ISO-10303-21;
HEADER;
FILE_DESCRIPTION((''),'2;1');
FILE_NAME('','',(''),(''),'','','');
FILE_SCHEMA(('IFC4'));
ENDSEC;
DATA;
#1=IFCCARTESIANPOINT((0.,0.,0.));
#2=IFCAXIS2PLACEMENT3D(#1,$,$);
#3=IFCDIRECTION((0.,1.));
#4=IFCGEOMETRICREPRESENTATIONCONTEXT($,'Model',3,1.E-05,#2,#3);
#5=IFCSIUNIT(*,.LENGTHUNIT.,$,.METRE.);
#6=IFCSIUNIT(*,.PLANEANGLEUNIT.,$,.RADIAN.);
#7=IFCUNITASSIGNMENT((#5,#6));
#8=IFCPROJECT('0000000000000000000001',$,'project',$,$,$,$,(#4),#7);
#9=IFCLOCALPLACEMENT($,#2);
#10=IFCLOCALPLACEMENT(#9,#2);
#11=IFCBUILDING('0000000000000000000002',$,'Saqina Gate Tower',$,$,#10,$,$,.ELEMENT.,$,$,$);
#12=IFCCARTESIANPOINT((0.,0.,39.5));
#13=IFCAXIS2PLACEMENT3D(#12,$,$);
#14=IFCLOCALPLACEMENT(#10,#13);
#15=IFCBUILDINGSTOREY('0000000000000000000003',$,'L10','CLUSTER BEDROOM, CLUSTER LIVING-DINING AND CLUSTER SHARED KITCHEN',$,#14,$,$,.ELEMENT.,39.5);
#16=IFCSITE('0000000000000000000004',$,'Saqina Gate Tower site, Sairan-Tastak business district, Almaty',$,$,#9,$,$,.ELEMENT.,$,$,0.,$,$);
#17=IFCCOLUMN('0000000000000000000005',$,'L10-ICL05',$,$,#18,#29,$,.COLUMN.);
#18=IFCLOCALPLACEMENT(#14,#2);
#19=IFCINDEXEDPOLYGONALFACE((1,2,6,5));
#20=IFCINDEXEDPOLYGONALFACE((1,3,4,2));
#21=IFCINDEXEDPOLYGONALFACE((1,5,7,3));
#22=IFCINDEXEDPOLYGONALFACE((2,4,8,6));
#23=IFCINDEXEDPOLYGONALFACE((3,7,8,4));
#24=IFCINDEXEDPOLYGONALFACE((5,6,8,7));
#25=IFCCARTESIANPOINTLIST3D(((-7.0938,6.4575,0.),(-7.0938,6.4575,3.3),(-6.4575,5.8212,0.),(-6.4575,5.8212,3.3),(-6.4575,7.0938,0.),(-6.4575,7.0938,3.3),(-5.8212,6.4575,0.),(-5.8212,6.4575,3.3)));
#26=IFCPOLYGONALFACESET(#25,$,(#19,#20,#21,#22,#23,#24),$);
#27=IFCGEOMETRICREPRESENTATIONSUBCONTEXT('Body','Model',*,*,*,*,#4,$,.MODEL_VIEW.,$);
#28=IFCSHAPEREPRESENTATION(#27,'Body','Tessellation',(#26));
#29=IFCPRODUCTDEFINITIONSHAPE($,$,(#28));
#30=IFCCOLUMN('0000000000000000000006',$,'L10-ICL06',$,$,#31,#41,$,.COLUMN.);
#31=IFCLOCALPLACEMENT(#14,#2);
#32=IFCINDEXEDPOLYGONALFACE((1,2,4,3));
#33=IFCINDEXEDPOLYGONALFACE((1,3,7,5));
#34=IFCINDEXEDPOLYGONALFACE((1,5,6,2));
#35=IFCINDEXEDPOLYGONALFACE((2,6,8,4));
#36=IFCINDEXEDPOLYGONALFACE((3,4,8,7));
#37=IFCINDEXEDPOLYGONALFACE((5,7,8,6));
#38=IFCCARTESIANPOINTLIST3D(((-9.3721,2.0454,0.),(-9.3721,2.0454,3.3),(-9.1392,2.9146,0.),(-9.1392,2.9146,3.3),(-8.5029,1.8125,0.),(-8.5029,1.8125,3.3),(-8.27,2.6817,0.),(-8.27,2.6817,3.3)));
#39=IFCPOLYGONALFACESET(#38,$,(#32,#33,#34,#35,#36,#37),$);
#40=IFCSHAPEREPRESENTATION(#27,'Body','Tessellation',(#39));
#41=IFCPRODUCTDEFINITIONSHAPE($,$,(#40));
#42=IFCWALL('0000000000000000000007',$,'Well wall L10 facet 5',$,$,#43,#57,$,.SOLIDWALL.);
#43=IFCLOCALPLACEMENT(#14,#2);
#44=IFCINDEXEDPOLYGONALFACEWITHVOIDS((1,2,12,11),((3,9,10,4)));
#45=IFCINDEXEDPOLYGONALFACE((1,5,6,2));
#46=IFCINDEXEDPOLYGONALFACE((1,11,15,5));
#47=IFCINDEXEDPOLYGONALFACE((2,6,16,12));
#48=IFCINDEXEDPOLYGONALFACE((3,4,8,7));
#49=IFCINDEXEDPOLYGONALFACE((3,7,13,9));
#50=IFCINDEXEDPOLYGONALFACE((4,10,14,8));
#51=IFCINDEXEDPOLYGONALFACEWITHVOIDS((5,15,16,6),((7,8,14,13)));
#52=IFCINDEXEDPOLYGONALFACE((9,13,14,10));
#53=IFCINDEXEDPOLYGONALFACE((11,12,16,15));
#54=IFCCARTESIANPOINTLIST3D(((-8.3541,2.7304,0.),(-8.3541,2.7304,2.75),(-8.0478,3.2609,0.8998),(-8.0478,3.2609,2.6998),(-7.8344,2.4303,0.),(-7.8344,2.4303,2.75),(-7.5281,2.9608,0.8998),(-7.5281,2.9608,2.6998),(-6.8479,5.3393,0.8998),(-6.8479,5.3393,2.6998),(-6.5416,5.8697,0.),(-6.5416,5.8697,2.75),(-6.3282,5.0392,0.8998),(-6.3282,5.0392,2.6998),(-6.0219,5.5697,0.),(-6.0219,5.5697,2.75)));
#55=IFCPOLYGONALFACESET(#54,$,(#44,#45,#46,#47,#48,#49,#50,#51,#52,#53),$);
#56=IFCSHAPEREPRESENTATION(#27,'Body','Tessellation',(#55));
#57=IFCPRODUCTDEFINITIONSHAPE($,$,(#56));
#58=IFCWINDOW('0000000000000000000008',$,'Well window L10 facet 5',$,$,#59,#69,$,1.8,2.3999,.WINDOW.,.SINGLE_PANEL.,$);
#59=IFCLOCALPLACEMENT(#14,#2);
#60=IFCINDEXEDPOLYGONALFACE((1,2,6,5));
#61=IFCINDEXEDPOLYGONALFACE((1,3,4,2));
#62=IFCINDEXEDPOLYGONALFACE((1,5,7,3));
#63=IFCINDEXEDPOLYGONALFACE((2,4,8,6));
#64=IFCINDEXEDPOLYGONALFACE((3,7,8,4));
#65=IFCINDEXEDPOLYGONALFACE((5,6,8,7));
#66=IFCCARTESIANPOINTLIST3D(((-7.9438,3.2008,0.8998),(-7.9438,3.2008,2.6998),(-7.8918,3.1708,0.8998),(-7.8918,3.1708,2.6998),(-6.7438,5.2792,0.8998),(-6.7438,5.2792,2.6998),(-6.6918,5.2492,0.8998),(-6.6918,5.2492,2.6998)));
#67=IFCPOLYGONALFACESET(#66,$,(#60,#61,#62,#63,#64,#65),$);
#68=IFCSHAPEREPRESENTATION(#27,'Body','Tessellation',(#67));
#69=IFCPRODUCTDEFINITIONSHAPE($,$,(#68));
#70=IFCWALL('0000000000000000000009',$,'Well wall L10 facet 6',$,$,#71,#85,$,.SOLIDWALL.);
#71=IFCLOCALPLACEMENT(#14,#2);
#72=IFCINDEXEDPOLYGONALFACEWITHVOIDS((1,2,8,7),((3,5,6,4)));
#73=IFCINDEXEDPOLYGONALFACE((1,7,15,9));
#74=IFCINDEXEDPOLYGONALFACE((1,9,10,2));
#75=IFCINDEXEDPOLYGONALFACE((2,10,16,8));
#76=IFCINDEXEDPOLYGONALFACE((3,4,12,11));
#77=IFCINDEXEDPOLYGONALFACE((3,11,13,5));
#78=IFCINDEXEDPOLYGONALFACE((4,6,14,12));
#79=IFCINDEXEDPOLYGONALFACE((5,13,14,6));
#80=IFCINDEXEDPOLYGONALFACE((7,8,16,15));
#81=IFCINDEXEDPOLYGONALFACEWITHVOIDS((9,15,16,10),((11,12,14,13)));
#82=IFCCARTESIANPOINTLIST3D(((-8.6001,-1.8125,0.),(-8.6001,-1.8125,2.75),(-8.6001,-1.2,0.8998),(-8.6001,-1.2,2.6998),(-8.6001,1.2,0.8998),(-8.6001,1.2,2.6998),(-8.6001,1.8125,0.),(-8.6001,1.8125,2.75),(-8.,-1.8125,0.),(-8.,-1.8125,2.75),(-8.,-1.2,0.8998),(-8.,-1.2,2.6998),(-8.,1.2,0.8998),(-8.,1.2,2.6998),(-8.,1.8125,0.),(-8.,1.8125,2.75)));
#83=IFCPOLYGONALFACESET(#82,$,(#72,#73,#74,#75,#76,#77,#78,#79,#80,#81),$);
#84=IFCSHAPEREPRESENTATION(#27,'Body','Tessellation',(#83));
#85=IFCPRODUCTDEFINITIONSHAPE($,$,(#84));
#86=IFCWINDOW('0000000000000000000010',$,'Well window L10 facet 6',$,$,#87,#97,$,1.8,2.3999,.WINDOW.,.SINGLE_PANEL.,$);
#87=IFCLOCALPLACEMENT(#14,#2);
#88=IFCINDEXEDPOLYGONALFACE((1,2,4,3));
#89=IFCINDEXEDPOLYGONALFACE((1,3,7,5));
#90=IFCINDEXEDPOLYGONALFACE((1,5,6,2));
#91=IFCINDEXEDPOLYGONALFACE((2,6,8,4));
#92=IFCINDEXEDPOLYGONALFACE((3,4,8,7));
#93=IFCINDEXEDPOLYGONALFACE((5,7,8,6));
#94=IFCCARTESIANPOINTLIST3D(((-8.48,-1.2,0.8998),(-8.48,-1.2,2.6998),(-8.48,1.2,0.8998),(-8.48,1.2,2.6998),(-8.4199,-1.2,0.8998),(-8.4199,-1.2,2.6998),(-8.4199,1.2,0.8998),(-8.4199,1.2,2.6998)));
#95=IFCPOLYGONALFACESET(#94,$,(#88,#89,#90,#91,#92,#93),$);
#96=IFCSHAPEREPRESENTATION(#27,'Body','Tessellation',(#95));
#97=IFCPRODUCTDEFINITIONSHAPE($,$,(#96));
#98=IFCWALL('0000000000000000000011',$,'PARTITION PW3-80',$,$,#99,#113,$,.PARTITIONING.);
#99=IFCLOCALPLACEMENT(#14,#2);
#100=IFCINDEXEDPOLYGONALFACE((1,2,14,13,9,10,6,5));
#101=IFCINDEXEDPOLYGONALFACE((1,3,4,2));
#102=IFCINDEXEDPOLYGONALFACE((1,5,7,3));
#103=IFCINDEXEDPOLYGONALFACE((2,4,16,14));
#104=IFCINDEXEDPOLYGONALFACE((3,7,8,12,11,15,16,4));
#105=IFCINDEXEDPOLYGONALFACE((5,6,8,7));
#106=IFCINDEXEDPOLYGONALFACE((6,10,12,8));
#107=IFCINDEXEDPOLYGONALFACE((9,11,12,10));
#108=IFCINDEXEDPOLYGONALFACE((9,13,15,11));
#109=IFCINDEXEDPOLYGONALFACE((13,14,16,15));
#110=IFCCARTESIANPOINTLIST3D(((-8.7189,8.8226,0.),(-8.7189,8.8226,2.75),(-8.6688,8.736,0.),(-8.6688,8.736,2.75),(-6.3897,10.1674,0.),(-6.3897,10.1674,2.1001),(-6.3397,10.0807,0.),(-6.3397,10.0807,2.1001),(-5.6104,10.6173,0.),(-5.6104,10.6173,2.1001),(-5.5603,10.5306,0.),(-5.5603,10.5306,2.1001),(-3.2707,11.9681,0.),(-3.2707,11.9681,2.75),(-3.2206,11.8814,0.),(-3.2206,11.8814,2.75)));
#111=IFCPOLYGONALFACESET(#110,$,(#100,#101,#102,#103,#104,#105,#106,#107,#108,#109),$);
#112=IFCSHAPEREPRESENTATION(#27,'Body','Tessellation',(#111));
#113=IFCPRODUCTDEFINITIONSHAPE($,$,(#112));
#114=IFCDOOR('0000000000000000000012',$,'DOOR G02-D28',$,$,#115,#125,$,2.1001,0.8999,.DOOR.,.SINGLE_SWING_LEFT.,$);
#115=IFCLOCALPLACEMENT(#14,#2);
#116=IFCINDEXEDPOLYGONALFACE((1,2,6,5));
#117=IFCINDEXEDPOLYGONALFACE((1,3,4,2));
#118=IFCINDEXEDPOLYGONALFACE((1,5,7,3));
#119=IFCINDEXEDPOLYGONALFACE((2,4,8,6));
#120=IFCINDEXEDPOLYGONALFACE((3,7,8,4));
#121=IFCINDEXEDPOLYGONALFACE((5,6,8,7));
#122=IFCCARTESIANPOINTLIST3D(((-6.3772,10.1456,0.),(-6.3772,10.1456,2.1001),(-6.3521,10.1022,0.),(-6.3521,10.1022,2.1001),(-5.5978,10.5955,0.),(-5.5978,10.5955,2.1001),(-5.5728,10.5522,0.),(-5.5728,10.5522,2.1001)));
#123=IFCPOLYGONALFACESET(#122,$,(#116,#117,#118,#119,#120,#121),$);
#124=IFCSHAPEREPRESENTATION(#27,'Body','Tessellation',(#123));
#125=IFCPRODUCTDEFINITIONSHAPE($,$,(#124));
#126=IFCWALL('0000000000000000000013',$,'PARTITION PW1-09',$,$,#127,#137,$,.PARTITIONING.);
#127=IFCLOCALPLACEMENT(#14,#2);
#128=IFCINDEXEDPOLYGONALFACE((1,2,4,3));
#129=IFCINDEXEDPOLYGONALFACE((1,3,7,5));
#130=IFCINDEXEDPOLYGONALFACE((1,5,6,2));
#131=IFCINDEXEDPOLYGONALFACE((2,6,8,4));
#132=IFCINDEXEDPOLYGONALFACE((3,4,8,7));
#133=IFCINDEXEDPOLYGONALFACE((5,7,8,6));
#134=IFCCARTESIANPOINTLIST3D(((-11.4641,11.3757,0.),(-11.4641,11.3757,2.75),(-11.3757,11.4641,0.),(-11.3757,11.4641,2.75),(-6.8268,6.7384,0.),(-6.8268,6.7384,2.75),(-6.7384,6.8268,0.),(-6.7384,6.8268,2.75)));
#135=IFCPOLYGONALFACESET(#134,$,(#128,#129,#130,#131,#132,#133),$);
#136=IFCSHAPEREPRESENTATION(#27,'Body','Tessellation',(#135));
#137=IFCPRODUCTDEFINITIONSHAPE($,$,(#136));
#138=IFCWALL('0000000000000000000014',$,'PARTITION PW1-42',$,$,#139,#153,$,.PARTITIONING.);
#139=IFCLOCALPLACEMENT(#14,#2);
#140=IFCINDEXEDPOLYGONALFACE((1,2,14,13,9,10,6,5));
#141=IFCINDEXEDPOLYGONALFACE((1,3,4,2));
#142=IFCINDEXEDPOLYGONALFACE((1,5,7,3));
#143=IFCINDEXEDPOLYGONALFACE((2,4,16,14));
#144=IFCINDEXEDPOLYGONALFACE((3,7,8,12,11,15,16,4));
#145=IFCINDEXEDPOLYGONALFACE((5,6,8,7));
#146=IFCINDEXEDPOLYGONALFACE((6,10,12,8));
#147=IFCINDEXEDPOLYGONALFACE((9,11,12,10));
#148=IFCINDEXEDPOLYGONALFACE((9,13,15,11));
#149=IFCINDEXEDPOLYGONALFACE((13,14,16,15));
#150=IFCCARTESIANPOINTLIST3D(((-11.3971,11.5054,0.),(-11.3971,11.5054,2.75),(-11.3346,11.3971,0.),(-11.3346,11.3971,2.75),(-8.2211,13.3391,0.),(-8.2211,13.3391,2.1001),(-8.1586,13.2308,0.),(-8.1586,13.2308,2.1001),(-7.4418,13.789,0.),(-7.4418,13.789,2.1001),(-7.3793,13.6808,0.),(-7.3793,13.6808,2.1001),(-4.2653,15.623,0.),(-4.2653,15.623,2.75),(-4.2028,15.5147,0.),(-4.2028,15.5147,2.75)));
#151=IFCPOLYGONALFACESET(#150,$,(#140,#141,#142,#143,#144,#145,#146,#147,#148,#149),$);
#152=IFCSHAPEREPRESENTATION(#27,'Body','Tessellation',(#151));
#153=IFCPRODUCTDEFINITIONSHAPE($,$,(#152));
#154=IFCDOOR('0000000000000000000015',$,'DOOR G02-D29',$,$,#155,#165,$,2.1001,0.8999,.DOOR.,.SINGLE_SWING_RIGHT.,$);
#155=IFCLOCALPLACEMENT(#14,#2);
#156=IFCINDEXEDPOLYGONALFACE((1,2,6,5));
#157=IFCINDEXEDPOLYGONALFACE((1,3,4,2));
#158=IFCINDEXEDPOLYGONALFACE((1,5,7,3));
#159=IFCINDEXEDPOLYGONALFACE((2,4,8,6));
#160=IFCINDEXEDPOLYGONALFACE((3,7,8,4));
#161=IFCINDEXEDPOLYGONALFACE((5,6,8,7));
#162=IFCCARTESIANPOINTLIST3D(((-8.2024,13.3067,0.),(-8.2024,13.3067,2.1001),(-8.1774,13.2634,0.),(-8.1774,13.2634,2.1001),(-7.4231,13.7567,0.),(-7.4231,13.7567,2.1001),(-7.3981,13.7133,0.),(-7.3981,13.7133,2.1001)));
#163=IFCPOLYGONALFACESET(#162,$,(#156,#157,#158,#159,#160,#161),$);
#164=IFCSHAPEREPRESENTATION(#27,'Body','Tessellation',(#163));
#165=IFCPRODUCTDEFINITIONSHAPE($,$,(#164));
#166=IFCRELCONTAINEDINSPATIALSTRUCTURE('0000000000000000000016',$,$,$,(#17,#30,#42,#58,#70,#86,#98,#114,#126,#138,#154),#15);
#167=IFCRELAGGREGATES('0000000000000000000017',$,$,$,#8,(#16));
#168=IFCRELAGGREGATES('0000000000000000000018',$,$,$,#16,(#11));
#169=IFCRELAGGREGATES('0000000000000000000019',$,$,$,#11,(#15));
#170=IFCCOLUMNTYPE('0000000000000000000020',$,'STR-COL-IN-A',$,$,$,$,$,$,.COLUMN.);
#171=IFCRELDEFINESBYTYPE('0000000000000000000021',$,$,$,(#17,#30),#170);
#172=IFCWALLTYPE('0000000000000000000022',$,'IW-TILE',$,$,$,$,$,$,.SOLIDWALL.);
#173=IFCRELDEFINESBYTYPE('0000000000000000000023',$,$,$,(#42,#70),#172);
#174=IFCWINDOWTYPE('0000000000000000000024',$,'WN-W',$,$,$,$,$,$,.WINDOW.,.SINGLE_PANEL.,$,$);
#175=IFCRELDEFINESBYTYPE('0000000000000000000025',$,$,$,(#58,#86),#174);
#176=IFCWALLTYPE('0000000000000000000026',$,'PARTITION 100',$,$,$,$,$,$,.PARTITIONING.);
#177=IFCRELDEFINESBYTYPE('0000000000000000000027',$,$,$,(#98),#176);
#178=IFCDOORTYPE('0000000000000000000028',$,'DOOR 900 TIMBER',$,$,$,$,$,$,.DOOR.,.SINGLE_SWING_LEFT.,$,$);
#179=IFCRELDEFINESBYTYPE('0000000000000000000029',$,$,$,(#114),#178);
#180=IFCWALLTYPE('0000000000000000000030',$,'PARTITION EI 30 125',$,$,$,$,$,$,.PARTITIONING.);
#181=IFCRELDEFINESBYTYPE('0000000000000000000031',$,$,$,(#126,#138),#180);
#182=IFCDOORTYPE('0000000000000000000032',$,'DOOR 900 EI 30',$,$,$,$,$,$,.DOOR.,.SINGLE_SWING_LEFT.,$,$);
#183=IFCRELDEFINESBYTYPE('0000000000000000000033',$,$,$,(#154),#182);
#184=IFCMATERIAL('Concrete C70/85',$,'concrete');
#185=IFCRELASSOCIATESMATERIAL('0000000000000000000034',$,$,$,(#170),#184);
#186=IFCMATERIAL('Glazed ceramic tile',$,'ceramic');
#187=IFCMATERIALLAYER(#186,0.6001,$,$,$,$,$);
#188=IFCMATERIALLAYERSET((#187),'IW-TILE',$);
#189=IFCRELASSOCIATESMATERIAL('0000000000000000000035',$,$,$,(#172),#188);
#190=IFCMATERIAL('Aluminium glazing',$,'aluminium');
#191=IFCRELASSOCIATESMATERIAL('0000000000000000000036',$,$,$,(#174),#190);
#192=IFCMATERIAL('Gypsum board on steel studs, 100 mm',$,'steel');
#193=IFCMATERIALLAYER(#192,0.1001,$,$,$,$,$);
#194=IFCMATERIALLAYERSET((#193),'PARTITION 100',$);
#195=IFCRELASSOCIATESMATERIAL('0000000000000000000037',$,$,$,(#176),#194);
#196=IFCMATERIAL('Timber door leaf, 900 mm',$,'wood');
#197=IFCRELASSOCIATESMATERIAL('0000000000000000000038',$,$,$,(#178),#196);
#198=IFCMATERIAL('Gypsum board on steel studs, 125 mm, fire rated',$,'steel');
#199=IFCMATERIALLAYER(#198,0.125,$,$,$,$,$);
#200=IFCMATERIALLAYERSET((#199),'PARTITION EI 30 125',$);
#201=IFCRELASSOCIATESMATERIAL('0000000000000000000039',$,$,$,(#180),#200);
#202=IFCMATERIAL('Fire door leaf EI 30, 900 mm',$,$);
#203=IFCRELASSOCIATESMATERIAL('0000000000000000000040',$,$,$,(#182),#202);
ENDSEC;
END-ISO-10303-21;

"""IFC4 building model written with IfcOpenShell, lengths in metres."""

from ifc_helpers import new_model, si_unit, direction, frame, frame_2d, origin, origin_2d, place, context, subcontext, project, spatial, rectangle, extrude, material, layer, layer_set, material_profile, profile_set, type_object, element, fill, save


model = new_model("IFC4")

# Units and contexts
model_context = context("Model", 3, precision=1e-05, world=origin(), true_north=direction((0.0, 1.0)))
body_context = subcontext(model_context, "Body", "Model", "MODEL_VIEW")
ifc_project = project(units=[si_unit("LENGTHUNIT", "METRE"), si_unit("PLANEANGLEUNIT", "RADIAN")], contexts=[model_context])

# Site, building, storey
site_placement = place(None, origin())
site = spatial("IfcSite", under=ifc_project, at=site_placement, Name="Saqina Gate Tower site, Sairan-Tastak business district, Almaty", CompositionType="ELEMENT", RefElevation=0.0)
building_placement = place(site_placement, origin())
building = spatial("IfcBuilding", under=site, at=building_placement, Name="Saqina Gate Tower", CompositionType="ELEMENT")
storey_placement = place(building_placement, frame((0.0, 0.0, 39.5)))
storey = spatial("IfcBuildingStorey", under=building, at=storey_placement, Name="L10", Description="CLUSTER BEDROOM, CLUSTER LIVING-DINING AND CLUSTER SHARED KITCHEN", CompositionType="ELEMENT", Elevation=39.5)

# Columns
ifc_material_1 = material(Name="Concrete C70/85", Category="concrete")
ifc_material_profile = material_profile(ifc_material_1, rectangle(XDim=0.8999, YDim=0.8999, at=origin_2d()), Name="RC 900x900")
ifc_profile_set = profile_set([ifc_material_profile], Name="Concrete C70/85")
column_type = type_object("IfcColumnType", Name="STR-COL-IN-A", PredefinedType="COLUMN", material=ifc_profile_set)
for number, where, z_axis, x_axis, name in (
    (1, (-6.4575, 6.4575, 0.0), (0.0, 0.0, 1.0), (-0.707107, 0.707107, 0.0), "L10-ICL05"),
    (2, (-8.821, 2.3635, 0.0), (0.0, 0.0, 1.0), (-0.965926, 0.258819, 0.0), "L10-ICL06"),
):
    element("IfcColumn", number, at=place(storey_placement, frame(where, z_axis=z_axis, x_axis=x_axis)), inside=storey, type_object=column_type, Name=name, PredefinedType="COLUMN", context=body_context, shape_type="SweptSolid", body=[
        extrude(rectangle(XDim=0.8999, YDim=0.8999, at=origin_2d()), origin(), (0.0, 0.0, 1.0), 3.3),
    ])

# Walls, openings, windows
ifc_material_2 = material(Name="Glazed ceramic tile", Category="ceramic")
ifc_layer_1 = layer(ifc_material_2, 0.6001)
ifc_layer_set_1 = layer_set([ifc_layer_1], Name="IW-TILE")
wall_type_1 = type_object("IfcWallType", Name="IW-TILE", PredefinedType="SOLIDWALL", material=ifc_layer_set_1)
wall_1_placement = place(storey_placement, frame((-6.2817, 5.7197, 0.0), z_axis=(0.0, 0.0, 1.0), x_axis=(-0.499993, -0.86603, 0.0)))
wall_1 = element("IfcWall", 3, at=wall_1_placement, inside=storey, type_object=wall_type_1, Name="Well wall L10 facet 5", PredefinedType="SOLIDWALL", context=body_context, shape_type="SweptSolid", body=[
    extrude(rectangle(XDim=3.625, YDim=0.6001, at=frame_2d((1.8125, 0.0))), origin(), (0.0, 0.0, 1.0), 2.75),
])
opening_1_placement = place(wall_1_placement, frame((0.6125, 0.0, 0.8999)))
opening_1 = element("IfcOpeningElement", 4, at=opening_1_placement, cuts=wall_1, PredefinedType="OPENING", context=body_context, shape_type="SweptSolid", body=[
    extrude(rectangle(XDim=2.3999, YDim=1.8, at=frame_2d((1.2, 0.8999))), frame((0.0, 0.312, 0.0), z_axis=(0.0, -1.0, 0.0), x_axis=(1.0, 0.0, 0.0)), (0.0, 0.0, 1.0), 0.624),
])
ifc_material_3 = material(Name="Aluminium glazing", Category="aluminium")
window_type = type_object("IfcWindowType", Name="WN-W", PartitioningType="SINGLE_PANEL", PredefinedType="WINDOW", material=ifc_material_3)
window_1_placement = place(opening_1_placement, origin())
window_1 = element("IfcWindow", 5, at=window_1_placement, inside=storey, type_object=window_type, Name="Well window L10 facet 5", OverallHeight=1.8, OverallWidth=2.3999, PartitioningType="SINGLE_PANEL", PredefinedType="WINDOW", context=body_context, shape_type="SweptSolid", body=[
    extrude(rectangle(XDim=2.3999, YDim=1.8, at=frame_2d((1.2, 0.8999))), frame((0.0, -0.1199, 0.0), z_axis=(0.0, -1.0, 0.0), x_axis=(1.0, 0.0, 0.0)), (0.0, 0.0, 1.0), 0.0601),
])
fill(opening_1, window_1)
wall_2_placement = place(storey_placement, frame((-8.3, 1.8125, 0.0), z_axis=(0.0, 0.0, 1.0), x_axis=(0.0, -1.0, 0.0)))
wall_2 = element("IfcWall", 6, at=wall_2_placement, inside=storey, type_object=wall_type_1, Name="Well wall L10 facet 6", PredefinedType="SOLIDWALL", context=body_context, shape_type="SweptSolid", body=[
    extrude(rectangle(XDim=3.625, YDim=0.6001, at=frame_2d((1.8125, 0.0))), origin(), (0.0, 0.0, 1.0), 2.75),
])
opening_2_placement = place(wall_2_placement, frame((0.6125, 0.0, 0.8999)))
opening_2 = element("IfcOpeningElement", 7, at=opening_2_placement, cuts=wall_2, PredefinedType="OPENING", context=body_context, shape_type="SweptSolid", body=[
    extrude(rectangle(XDim=2.3999, YDim=1.8, at=frame_2d((1.2, 0.8999))), frame((0.0, 0.312, 0.0), z_axis=(0.0, -1.0, 0.0), x_axis=(1.0, 0.0, 0.0)), (0.0, 0.0, 1.0), 0.624),
])
window_2_placement = place(opening_2_placement, origin())
window_2 = element("IfcWindow", 8, at=window_2_placement, inside=storey, type_object=window_type, Name="Well window L10 facet 6", OverallHeight=1.8, OverallWidth=2.3999, PartitioningType="SINGLE_PANEL", PredefinedType="WINDOW", context=body_context, shape_type="SweptSolid", body=[
    extrude(rectangle(XDim=2.3999, YDim=1.8, at=frame_2d((1.2, 0.8999))), frame((0.0, -0.1199, 0.0), z_axis=(0.0, -1.0, 0.0), x_axis=(1.0, 0.0, 0.0)), (0.0, 0.0, 1.0), 0.0601),
])
fill(opening_2, window_2)

# Wall, opening, door
ifc_material_4 = material(Name="Gypsum board on steel studs, 100 mm", Category="steel")
ifc_layer_2 = layer(ifc_material_4, 0.1001)
ifc_layer_set_2 = layer_set([ifc_layer_2], Name="PARTITION 100")
wall_type_2 = type_object("IfcWallType", Name="PARTITION 100", PredefinedType="PARTITIONING", material=ifc_layer_set_2)
wall_3_placement = place(storey_placement, frame((-8.6938, 8.7793, 0.0), z_axis=(0.0, 0.0, 1.0), x_axis=(0.866028, 0.499996, 0.0)))
wall_3 = element("IfcWall", 9, at=wall_3_placement, inside=storey, type_object=wall_type_2, Name="PARTITION PW3-80", PredefinedType="PARTITIONING", context=body_context, shape_type="SweptSolid", body=[
    extrude(rectangle(XDim=6.291, YDim=0.1001, at=frame_2d((3.1455, 0.0))), origin(), (0.0, 0.0, 1.0), 2.75),
])
opening_3_placement = place(wall_3_placement, frame((2.6895, 0.0, 0.0)))
opening_3 = element("IfcOpeningElement", 10, at=opening_3_placement, cuts=wall_3, PredefinedType="OPENING", context=body_context, shape_type="SweptSolid", body=[
    extrude(rectangle(XDim=0.8999, YDim=2.1001, at=frame_2d((0.45, 1.05))), frame((0.0, 0.062, 0.0), z_axis=(0.0, -1.0, 0.0), x_axis=(1.0, 0.0, 0.0)), (0.0, 0.0, 1.0), 0.124),
])
ifc_material_5 = material(Name="Timber door leaf, 900 mm", Category="wood")
door_type_1 = type_object("IfcDoorType", Name="DOOR 900 TIMBER", OperationType="SINGLE_SWING_LEFT", PredefinedType="DOOR", material=ifc_material_5)
door_1_placement = place(opening_3_placement, origin())
door_1 = element("IfcDoor", 11, at=door_1_placement, inside=storey, type_object=door_type_1, Name="DOOR G02-D28", OperationType="SINGLE_SWING_LEFT", OverallHeight=2.1001, OverallWidth=0.8999, PredefinedType="DOOR", context=body_context, shape_type="SweptSolid", body=[
    extrude(rectangle(XDim=0.8999, YDim=2.1001, at=frame_2d((0.45, 1.05))), frame((0.0, 0.0249, 0.0), z_axis=(0.0, -1.0, 0.0), x_axis=(1.0, 0.0, 0.0)), (0.0, 0.0, 1.0), 0.05),
])
fill(opening_3, door_1)

# Wall
ifc_material_6 = material(Name="Gypsum board on steel studs, 125 mm, fire rated", Category="steel")
ifc_layer_3 = layer(ifc_material_6, 0.125)
ifc_layer_set_3 = layer_set([ifc_layer_3], Name="PARTITION EI 30 125")
wall_type_3 = type_object("IfcWallType", Name="PARTITION EI 30 125", PredefinedType="PARTITIONING", material=ifc_layer_set_3)
wall_4_placement = place(storey_placement, frame((-11.4199, 11.4199, 0.0), z_axis=(0.0, 0.0, 1.0), x_axis=(0.707107, -0.707107, 0.0)))
element("IfcWall", 12, at=wall_4_placement, inside=storey, type_object=wall_type_3, Name="PARTITION PW1-09", PredefinedType="PARTITIONING", context=body_context, shape_type="SweptSolid", body=[
    extrude(rectangle(XDim=6.5581, YDim=0.125, at=frame_2d((3.2791, 0.0))), origin(), (0.0, 0.0, 1.0), 2.75),
])

# Wall, opening, door
wall_5_placement = place(storey_placement, frame((-11.366, 11.4512, 0.0), z_axis=(0.0, 0.0, 1.0), x_axis=(0.86602, 0.50001, 0.0)))
wall_5 = element("IfcWall", 13, at=wall_5_placement, inside=storey, type_object=wall_type_3, Name="PARTITION PW1-42", PredefinedType="PARTITIONING", context=body_context, shape_type="SweptSolid", body=[
    extrude(rectangle(XDim=8.2351, YDim=0.125, at=frame_2d((4.1177, 0.0))), origin(), (0.0, 0.0, 1.0), 2.75),
])
opening_4_placement = place(wall_5_placement, frame((3.6675, 0.0, 0.0)))
opening_4 = element("IfcOpeningElement", 14, at=opening_4_placement, cuts=wall_5, PredefinedType="OPENING", context=body_context, shape_type="SweptSolid", body=[
    extrude(rectangle(XDim=0.8999, YDim=2.1001, at=frame_2d((0.45, 1.05))), frame((0.0, 0.0745, 0.0), z_axis=(0.0, -1.0, 0.0), x_axis=(1.0, 0.0, 0.0)), (0.0, 0.0, 1.0), 0.1489),
])
ifc_material_7 = material(Name="Fire door leaf EI 30, 900 mm")
door_type_2 = type_object("IfcDoorType", Name="DOOR 900 EI 30", OperationType="SINGLE_SWING_LEFT", PredefinedType="DOOR", material=ifc_material_7)
door_2_placement = place(opening_4_placement, frame((0.8999, 0.0, 0.0), z_axis=(0.0, 0.0, 1.0), x_axis=(-1.0, 0.0, 0.0)))
door_2 = element("IfcDoor", 15, at=door_2_placement, inside=storey, type_object=door_type_2, Name="DOOR G02-D29", OperationType="SINGLE_SWING_RIGHT", OverallHeight=2.1001, OverallWidth=0.8999, PredefinedType="DOOR", context=body_context, shape_type="SweptSolid", body=[
    extrude(rectangle(XDim=0.8999, YDim=2.1001, at=frame_2d((0.45, 1.05))), frame((0.0, 0.0249, 0.0), z_axis=(0.0, -1.0, 0.0), x_axis=(1.0, 0.0, 0.0)), (0.0, 0.0, 1.0), 0.05),
])
fill(opening_4, door_2)

save(model, "model.ifc")
